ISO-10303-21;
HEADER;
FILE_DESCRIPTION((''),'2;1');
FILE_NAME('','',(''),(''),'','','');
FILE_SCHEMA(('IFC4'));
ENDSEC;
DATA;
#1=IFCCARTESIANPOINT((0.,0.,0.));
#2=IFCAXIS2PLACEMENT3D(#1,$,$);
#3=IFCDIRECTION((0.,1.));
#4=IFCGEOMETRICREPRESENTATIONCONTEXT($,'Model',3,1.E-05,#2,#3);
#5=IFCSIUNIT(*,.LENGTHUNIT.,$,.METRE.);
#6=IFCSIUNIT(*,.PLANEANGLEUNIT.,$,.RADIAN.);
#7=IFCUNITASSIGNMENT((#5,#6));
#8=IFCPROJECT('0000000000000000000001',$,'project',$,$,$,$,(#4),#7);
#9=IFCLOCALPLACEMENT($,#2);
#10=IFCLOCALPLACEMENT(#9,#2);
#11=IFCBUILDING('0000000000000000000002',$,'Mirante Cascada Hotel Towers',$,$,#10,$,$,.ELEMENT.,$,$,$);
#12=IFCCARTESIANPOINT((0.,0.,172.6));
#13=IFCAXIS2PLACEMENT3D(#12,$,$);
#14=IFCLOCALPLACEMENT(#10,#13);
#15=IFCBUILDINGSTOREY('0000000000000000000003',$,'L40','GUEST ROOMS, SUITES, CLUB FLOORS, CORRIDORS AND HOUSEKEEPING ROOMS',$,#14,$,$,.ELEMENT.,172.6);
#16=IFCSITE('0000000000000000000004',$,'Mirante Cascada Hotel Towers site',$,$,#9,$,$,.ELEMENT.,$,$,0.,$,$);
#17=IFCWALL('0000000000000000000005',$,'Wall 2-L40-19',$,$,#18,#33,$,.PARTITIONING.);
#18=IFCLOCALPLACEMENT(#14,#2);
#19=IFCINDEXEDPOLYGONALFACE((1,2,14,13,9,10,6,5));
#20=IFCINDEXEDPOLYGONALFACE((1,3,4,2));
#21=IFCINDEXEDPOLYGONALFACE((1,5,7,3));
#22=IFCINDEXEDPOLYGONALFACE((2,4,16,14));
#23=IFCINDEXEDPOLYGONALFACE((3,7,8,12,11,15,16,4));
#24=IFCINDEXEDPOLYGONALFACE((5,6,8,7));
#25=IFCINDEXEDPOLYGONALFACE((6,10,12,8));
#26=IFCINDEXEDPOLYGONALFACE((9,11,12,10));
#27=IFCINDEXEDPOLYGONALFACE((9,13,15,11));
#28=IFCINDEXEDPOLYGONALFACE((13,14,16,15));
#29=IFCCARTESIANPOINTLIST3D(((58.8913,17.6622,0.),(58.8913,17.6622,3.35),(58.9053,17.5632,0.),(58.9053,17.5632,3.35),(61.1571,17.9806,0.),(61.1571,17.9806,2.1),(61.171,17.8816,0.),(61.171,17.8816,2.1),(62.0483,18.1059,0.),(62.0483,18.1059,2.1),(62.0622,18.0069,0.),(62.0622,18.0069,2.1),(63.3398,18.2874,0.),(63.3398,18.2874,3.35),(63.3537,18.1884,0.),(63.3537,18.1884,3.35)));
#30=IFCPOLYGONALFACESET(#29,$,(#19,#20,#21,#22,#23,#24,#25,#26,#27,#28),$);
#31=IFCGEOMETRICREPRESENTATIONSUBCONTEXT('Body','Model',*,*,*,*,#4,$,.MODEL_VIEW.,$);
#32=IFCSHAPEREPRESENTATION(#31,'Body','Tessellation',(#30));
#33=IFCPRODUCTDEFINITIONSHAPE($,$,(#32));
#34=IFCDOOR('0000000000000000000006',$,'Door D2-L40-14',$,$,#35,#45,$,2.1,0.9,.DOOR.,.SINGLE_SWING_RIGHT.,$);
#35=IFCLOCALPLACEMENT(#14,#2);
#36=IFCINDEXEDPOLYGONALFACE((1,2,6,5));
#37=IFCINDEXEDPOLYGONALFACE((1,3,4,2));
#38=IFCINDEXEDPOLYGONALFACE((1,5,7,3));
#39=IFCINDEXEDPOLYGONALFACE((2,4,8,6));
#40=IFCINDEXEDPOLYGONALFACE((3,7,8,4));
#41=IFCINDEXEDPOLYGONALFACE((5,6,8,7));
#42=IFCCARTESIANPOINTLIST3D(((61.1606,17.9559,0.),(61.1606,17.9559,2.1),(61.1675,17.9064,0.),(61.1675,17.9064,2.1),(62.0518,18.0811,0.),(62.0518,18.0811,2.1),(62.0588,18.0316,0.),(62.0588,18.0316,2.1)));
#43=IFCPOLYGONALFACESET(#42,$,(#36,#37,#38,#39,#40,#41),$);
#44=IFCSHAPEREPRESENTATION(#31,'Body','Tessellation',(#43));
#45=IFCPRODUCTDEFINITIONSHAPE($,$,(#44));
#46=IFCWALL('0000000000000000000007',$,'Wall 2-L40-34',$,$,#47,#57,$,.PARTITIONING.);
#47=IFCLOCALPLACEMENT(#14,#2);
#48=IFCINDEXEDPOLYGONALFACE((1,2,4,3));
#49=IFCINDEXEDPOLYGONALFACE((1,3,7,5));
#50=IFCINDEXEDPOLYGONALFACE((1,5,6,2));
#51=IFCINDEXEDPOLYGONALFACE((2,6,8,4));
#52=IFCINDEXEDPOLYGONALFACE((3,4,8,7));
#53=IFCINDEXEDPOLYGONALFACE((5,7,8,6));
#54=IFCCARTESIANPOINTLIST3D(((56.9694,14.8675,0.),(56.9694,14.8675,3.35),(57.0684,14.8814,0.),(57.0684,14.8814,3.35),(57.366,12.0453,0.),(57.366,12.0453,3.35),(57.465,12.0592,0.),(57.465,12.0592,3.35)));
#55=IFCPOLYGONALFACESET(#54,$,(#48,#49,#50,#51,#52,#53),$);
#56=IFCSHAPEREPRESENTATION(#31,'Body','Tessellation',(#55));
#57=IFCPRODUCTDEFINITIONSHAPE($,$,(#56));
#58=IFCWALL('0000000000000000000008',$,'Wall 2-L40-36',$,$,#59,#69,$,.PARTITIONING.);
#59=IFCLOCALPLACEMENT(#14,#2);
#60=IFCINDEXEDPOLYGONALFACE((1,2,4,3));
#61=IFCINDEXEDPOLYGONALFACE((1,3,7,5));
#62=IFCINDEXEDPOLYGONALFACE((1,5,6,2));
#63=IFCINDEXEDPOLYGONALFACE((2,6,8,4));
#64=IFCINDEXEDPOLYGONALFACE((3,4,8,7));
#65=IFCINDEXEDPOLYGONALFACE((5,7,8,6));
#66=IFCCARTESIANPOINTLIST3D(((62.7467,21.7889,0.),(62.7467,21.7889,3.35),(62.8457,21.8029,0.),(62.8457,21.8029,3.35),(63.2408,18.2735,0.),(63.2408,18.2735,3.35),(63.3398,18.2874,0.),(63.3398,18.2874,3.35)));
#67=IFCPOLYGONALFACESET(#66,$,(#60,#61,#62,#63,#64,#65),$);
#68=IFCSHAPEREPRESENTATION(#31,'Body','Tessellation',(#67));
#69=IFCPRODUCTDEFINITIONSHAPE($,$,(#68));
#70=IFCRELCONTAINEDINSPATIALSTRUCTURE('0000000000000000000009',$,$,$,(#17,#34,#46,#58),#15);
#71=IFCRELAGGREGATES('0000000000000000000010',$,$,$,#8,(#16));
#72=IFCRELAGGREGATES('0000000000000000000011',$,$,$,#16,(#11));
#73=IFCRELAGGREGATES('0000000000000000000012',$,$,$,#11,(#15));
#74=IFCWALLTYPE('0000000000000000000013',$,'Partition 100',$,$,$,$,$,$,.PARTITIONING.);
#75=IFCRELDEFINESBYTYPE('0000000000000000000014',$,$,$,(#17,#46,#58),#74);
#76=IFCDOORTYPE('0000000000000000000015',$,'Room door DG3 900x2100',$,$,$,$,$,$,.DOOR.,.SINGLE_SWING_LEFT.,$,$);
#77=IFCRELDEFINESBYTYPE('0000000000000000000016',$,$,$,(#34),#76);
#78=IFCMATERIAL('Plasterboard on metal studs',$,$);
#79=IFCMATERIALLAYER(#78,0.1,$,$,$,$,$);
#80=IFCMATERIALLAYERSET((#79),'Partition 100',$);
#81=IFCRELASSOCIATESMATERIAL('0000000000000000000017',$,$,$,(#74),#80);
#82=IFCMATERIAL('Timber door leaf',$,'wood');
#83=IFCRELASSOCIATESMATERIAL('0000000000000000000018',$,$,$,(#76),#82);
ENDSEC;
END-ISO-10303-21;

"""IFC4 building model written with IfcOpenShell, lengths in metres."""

from ifc_helpers import new_model, si_unit, direction, frame, frame_2d, origin, place, context, subcontext, project, spatial, rectangle, extrude, material, layer, layer_set, type_object, element, fill, save


model = new_model("IFC4")

# Units and contexts
model_context = context("Model", 3, precision=1e-05, world=origin(), true_north=direction((0.0, 1.0)))
body_context = subcontext(model_context, "Body", "Model", "MODEL_VIEW")
ifc_project = project(units=[si_unit("LENGTHUNIT", "METRE"), si_unit("PLANEANGLEUNIT", "RADIAN")], contexts=[model_context])

# Site, building, storey
site_placement = place(None, origin())
site = spatial("IfcSite", under=ifc_project, at=site_placement, Name="Mirante Cascada Hotel Towers site", CompositionType="ELEMENT", RefElevation=0.0)
building_placement = place(site_placement, origin())
building = spatial("IfcBuilding", under=site, at=building_placement, Name="Mirante Cascada Hotel Towers", CompositionType="ELEMENT")
storey_placement = place(building_placement, frame((0.0, 0.0, 172.6)))
storey = spatial("IfcBuildingStorey", under=building, at=storey_placement, Name="L40", Description="GUEST ROOMS, SUITES, CLUB FLOORS, CORRIDORS AND HOUSEKEEPING ROOMS", CompositionType="ELEMENT", Elevation=172.6)

# Wall, opening, door
ifc_material_1 = material(Name="Plasterboard on metal studs")
ifc_layer_1 = layer(ifc_material_1, 0.1)
ifc_layer_set_1 = layer_set([ifc_layer_1], Name="Partition 100")
wall_type_1 = type_object("IfcWallType", Name="Partition 100", PredefinedType="PARTITIONING", material=ifc_layer_set_1)
wall_1_placement = place(storey_placement, frame((58.8983, 17.6127, 0.0), z_axis=(0.0, 0.0, 1.0), x_axis=(0.990268, 0.139174, 0.0)))
wall_1 = element("IfcWall", 1, at=wall_1_placement, inside=storey, type_object=wall_type_1, Name="Wall 2-L40-19", PredefinedType="PARTITIONING", context=body_context, shape_type="SweptSolid", body=[
    extrude(rectangle(XDim=4.4922, YDim=0.1, at=frame_2d((2.2461, 0.0))), origin(), (0.0, 0.0, 1.0), 3.35),
])
opening_1_placement = place(wall_1_placement, frame((2.288, 0.0, 0.0)))
opening_1 = element("IfcOpeningElement", 2, at=opening_1_placement, cuts=wall_1, PredefinedType="OPENING", context=body_context, shape_type="SweptSolid", body=[
    extrude(rectangle(XDim=0.9, YDim=2.1, at=frame_2d((0.45, 1.05))), frame((0.0, 0.05, 0.0), z_axis=(0.0, -1.0, 0.0), x_axis=(1.0, 0.0, 0.0)), (0.0, 0.0, 1.0), 0.1),
])
ifc_material_2 = material(Name="Timber door leaf", Category="wood")
door_type_1 = type_object("IfcDoorType", Name="Room door DG3 900x2100", OperationType="SINGLE_SWING_LEFT", PredefinedType="DOOR", material=ifc_material_2)
door_1_placement = place(opening_1_placement, frame((0.9, 0.0, 0.0), z_axis=(0.0, 0.0, 1.0), x_axis=(-1.0, 0.0, 0.0)))
door_1 = element("IfcDoor", 3, at=door_1_placement, inside=storey, type_object=door_type_1, Name="Door D2-L40-14", OperationType="SINGLE_SWING_RIGHT", OverallHeight=2.1, OverallWidth=0.9, PredefinedType="DOOR", context=body_context, shape_type="SweptSolid", body=[
    extrude(rectangle(XDim=0.9, YDim=2.1, at=frame_2d((0.45, 1.05))), frame((0.0, 0.025, 0.0), z_axis=(0.0, -1.0, 0.0), x_axis=(1.0, 0.0, 0.0)), (0.0, 0.0, 1.0), 0.05),
])
fill(opening_1, door_1)

# Walls
wall_2_placement = place(storey_placement, frame((57.0189, 14.8745, 0.0), z_axis=(0.0, 0.0, 1.0), x_axis=(0.139161, -0.99027, 0.0)))
element("IfcWall", 4, at=wall_2_placement, inside=storey, type_object=wall_type_1, Name="Wall 2-L40-34", PredefinedType="PARTITIONING", context=body_context, shape_type="SweptSolid", body=[
    extrude(rectangle(XDim=2.8499, YDim=0.1, at=frame_2d((1.425, 0.0))), origin(), (0.0, 0.0, 1.0), 3.35),
])
wall_3_placement = place(storey_placement, frame((62.7962, 21.7959, 0.0), z_axis=(0.0, 0.0, 1.0), x_axis=(0.139185, -0.990266, 0.0)))
element("IfcWall", 5, at=wall_3_placement, inside=storey, type_object=wall_type_1, Name="Wall 2-L40-36", PredefinedType="PARTITIONING", context=body_context, shape_type="SweptSolid", body=[
    extrude(rectangle(XDim=3.55, YDim=0.1, at=frame_2d((1.775, 0.0))), origin(), (0.0, 0.0, 1.0), 3.35),
])

save(model, "model.ifc")
